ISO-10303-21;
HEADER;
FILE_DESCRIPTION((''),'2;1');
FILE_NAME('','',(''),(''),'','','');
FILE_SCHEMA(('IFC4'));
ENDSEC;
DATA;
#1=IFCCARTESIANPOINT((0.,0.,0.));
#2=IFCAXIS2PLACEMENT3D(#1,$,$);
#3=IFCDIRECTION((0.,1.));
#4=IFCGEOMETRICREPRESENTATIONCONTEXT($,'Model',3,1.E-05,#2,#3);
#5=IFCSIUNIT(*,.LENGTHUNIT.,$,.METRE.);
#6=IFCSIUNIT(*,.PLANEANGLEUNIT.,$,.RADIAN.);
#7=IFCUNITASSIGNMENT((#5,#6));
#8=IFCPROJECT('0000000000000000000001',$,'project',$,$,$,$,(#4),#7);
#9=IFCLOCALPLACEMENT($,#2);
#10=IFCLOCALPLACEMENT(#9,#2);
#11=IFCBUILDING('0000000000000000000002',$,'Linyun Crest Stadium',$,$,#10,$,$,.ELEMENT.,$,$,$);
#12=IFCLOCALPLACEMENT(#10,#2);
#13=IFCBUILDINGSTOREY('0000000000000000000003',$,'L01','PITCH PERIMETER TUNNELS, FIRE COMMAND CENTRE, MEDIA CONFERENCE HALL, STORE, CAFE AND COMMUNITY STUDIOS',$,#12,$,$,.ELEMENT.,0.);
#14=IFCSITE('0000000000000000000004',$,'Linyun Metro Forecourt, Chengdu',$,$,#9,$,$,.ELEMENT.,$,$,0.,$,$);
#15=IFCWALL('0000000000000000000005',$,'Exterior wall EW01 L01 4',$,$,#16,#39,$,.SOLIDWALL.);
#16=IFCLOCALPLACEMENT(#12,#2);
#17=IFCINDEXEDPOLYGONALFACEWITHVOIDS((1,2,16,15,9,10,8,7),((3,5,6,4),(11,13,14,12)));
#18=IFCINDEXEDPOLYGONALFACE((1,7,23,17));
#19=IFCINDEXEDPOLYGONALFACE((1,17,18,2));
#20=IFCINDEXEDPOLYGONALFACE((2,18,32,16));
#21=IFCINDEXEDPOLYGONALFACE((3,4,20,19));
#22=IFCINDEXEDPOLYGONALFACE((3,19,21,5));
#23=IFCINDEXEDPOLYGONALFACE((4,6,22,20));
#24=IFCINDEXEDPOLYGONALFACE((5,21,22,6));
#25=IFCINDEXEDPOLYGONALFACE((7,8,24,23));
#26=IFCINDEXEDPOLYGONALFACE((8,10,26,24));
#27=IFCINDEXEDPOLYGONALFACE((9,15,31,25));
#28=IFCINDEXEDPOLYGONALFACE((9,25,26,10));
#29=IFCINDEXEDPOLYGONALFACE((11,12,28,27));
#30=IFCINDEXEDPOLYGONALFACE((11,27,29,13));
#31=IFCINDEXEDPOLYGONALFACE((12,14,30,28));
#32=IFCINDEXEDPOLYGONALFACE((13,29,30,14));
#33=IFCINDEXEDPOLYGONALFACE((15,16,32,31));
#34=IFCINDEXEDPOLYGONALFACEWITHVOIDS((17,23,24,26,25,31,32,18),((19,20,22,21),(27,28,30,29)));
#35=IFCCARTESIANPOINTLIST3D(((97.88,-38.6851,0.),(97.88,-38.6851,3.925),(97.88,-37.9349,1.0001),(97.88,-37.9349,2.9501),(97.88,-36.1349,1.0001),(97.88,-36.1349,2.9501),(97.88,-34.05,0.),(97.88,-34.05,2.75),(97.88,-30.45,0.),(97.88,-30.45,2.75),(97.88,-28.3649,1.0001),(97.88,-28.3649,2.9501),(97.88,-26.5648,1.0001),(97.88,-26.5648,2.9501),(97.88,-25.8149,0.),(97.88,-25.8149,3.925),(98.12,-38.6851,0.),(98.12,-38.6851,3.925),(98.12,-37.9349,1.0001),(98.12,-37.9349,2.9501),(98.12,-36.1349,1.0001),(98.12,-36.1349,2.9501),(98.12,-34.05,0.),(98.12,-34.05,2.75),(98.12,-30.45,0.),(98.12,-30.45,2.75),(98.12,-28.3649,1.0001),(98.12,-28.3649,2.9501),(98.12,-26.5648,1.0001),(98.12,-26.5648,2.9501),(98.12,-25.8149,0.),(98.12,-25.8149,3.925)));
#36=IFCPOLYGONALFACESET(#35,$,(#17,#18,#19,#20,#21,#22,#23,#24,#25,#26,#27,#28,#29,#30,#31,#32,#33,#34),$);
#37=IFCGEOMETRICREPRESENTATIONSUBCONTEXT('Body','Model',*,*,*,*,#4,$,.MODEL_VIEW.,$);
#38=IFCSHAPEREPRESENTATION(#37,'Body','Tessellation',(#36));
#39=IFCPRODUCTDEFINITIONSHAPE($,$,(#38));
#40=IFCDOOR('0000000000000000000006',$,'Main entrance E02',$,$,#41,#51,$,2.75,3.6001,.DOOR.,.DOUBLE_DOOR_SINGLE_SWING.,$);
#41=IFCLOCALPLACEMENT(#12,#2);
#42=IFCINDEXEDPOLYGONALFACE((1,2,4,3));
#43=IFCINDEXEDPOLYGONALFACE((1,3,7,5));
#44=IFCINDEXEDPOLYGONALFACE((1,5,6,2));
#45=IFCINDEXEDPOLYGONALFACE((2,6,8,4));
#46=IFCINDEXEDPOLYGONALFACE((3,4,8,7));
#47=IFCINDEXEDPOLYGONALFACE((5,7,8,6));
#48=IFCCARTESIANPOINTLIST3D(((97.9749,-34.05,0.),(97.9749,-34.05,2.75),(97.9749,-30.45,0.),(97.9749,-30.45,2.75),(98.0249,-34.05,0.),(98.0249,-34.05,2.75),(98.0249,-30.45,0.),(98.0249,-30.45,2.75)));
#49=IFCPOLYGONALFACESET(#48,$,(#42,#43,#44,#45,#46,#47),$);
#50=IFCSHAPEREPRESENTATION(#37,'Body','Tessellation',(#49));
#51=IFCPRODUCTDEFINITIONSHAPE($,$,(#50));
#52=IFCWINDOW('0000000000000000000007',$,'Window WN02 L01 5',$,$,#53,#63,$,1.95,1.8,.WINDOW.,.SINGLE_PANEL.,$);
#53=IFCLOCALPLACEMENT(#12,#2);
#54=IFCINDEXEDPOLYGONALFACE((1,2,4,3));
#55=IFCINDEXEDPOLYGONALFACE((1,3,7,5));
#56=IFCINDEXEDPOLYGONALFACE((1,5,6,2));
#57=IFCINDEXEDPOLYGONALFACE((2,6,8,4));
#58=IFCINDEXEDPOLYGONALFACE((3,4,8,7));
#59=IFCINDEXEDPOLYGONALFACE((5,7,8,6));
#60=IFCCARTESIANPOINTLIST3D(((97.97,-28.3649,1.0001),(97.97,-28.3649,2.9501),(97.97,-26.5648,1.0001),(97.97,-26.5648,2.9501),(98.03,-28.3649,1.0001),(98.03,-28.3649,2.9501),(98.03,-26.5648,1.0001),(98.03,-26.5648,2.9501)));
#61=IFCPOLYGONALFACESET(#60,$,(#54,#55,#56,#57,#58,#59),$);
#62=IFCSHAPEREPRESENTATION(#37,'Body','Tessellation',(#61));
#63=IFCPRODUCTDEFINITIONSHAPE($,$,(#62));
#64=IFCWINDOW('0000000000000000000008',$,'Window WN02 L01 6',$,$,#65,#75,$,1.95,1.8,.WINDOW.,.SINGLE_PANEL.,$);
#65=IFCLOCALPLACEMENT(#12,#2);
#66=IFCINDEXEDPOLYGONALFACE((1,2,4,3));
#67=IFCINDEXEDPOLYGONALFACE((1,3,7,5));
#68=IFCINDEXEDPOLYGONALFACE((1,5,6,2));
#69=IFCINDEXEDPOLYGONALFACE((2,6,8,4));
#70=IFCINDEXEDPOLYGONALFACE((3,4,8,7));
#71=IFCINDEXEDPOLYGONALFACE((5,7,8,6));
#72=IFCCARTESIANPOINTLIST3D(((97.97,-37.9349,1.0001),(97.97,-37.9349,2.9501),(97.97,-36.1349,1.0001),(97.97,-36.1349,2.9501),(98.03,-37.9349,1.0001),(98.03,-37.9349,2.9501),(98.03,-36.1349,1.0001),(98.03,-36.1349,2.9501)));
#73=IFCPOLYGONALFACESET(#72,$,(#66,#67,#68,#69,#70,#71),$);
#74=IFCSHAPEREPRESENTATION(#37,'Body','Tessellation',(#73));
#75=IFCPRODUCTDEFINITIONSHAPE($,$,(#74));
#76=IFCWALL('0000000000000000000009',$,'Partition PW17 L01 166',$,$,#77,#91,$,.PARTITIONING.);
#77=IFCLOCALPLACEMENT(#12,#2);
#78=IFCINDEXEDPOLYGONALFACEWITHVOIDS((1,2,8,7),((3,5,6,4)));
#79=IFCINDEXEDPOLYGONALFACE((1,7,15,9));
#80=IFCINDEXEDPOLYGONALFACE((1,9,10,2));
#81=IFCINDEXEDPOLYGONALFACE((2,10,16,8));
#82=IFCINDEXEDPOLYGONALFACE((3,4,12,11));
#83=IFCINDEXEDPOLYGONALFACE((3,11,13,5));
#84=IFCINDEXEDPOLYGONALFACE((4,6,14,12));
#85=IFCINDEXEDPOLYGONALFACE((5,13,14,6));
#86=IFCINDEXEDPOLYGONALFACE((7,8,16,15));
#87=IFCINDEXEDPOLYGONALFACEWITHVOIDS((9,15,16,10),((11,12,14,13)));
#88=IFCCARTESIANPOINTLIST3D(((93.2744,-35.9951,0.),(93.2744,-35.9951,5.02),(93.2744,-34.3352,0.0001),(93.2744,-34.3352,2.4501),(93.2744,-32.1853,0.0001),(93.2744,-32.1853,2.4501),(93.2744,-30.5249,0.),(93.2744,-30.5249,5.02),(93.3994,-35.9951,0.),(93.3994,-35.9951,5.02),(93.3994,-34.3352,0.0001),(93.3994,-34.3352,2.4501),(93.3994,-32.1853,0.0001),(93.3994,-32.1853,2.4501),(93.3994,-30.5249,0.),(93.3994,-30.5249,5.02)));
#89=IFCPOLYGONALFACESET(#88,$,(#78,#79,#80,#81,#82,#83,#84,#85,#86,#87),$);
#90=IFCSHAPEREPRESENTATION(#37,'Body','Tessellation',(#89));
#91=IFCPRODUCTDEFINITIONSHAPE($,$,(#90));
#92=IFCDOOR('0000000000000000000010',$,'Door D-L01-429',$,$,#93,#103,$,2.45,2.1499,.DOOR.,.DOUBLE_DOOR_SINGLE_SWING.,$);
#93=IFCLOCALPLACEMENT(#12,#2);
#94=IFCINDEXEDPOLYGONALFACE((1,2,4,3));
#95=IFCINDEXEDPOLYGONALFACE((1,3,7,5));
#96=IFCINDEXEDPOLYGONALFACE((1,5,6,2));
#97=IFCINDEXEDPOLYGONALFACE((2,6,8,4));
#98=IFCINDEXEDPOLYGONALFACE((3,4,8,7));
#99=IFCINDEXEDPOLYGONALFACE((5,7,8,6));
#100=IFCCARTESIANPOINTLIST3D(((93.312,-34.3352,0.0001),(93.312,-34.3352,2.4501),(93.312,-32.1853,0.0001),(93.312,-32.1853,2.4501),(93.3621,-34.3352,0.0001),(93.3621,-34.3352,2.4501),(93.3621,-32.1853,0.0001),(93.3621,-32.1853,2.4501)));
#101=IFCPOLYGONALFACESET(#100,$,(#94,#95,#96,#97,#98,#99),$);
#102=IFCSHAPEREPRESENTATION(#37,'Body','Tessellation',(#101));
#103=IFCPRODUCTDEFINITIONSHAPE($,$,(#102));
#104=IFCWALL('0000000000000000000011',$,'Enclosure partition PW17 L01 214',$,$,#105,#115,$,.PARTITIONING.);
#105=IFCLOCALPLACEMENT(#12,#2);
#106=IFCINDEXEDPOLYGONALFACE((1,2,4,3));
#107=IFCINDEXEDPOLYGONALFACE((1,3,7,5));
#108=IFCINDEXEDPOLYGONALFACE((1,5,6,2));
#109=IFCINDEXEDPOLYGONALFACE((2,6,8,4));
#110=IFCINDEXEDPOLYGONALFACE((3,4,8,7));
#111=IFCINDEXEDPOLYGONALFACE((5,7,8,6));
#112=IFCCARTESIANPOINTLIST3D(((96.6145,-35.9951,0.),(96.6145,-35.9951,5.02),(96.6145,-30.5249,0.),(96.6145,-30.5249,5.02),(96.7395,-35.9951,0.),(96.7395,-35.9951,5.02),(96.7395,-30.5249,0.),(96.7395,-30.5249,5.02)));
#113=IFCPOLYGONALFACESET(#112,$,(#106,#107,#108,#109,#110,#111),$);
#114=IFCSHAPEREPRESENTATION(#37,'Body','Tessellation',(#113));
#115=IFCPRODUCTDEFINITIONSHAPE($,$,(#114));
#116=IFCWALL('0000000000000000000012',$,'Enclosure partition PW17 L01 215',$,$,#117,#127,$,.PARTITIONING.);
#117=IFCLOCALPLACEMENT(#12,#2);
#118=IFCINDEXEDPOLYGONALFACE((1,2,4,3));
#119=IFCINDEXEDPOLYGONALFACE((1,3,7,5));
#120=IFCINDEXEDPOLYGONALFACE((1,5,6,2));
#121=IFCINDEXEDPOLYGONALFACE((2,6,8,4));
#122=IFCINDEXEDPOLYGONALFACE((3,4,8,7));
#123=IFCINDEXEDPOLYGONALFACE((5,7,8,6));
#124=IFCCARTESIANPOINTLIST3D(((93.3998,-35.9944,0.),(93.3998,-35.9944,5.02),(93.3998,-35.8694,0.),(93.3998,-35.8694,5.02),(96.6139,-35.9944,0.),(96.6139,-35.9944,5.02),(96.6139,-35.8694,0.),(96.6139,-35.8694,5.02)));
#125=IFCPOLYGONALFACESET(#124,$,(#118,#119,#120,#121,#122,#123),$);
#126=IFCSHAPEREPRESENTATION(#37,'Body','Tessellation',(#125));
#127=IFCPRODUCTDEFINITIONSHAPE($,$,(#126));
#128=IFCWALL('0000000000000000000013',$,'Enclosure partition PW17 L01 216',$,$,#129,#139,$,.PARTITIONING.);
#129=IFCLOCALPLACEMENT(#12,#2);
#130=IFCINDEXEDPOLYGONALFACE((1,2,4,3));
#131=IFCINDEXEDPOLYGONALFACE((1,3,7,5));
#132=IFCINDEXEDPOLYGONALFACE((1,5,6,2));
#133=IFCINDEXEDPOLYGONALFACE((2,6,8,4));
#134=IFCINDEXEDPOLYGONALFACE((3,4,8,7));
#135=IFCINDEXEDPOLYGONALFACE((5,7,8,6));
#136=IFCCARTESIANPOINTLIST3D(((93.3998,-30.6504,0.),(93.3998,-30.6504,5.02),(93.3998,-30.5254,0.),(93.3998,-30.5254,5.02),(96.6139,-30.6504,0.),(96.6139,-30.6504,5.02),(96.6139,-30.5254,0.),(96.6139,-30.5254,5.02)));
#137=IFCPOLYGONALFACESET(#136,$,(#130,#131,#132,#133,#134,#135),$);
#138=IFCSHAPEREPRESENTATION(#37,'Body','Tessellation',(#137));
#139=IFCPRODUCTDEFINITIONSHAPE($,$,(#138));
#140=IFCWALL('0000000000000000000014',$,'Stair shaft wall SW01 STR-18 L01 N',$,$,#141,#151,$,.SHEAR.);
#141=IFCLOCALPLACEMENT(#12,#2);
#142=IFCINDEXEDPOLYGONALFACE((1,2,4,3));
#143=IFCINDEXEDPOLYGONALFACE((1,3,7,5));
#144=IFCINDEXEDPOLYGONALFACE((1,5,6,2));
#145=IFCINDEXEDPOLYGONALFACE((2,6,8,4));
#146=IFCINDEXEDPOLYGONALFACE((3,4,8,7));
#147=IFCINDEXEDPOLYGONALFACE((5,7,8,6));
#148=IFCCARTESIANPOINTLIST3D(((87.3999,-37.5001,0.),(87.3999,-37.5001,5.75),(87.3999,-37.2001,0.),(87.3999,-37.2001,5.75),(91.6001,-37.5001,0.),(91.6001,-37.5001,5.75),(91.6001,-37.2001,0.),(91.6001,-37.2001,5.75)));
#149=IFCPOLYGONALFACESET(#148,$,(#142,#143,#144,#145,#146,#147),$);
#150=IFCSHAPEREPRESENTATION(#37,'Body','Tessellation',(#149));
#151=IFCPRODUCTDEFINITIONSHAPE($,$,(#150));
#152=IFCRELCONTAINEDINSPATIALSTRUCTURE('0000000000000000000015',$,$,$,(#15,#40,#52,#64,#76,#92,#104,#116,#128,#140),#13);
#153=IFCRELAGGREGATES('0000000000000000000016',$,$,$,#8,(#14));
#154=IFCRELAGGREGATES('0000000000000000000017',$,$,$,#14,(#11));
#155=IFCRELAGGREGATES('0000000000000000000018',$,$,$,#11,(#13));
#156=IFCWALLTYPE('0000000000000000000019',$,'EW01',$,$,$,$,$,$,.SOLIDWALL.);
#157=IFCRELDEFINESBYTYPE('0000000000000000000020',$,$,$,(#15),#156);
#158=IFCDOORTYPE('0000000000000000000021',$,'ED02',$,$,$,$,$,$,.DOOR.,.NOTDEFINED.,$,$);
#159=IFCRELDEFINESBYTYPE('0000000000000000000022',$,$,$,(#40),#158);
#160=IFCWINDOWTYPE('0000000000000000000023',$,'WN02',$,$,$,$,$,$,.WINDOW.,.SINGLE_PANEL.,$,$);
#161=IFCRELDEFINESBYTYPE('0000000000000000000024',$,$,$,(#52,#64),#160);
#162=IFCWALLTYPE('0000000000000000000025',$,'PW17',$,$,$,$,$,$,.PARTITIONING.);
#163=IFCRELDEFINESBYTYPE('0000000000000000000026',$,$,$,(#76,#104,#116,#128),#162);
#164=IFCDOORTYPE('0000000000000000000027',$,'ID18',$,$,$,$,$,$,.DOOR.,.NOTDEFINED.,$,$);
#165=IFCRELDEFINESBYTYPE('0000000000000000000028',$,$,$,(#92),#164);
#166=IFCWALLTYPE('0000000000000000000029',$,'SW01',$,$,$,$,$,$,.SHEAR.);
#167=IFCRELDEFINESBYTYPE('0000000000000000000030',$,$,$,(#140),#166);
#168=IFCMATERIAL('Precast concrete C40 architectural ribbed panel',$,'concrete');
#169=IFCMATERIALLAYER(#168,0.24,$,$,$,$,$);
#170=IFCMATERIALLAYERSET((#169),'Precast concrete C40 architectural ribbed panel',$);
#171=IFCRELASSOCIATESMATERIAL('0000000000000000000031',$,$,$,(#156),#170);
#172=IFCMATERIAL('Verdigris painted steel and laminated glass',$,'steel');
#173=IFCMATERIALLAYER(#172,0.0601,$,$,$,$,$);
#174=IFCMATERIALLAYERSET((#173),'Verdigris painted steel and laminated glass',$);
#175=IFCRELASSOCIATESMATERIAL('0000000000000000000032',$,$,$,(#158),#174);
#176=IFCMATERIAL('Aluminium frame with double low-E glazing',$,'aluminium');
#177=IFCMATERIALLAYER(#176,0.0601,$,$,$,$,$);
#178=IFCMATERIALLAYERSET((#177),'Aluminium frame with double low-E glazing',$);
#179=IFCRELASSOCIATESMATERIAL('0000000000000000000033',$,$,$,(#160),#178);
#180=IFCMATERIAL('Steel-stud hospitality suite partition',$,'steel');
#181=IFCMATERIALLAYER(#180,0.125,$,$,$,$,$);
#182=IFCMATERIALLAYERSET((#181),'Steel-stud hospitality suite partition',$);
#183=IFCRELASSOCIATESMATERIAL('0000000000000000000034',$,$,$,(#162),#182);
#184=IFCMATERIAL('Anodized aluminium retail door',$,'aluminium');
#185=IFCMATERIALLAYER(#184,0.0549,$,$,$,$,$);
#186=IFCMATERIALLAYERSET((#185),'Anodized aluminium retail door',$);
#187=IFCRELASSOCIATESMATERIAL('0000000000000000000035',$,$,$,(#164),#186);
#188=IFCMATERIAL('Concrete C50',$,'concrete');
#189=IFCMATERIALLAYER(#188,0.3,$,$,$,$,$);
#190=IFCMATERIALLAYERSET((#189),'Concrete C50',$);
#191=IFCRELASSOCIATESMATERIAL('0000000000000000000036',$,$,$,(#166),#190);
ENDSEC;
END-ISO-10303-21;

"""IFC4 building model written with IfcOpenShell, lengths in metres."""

from ifc_helpers import new_model, si_unit, direction, frame, frame_2d, origin, place, context, subcontext, project, spatial, rectangle, extrude, material, layer, layer_set, type_object, element, fill, save


model = new_model("IFC4")

# Units and contexts
model_context = context("Model", 3, precision=1e-05, world=origin(), true_north=direction((0.0, 1.0)))
body_context = subcontext(model_context, "Body", "Model", "MODEL_VIEW")
ifc_project = project(units=[si_unit("LENGTHUNIT", "METRE"), si_unit("PLANEANGLEUNIT", "RADIAN")], contexts=[model_context])

# Site, building, storey
site_placement = place(None, origin())
site = spatial("IfcSite", under=ifc_project, at=site_placement, Name="Linyun Metro Forecourt, Chengdu", CompositionType="ELEMENT", RefElevation=0.0)
building_placement = place(site_placement, origin())
building = spatial("IfcBuilding", under=site, at=building_placement, Name="Linyun Crest Stadium", CompositionType="ELEMENT")
storey_placement = place(building_placement, origin())
storey = spatial("IfcBuildingStorey", under=building, at=storey_placement, Name="L01", Description="PITCH PERIMETER TUNNELS, FIRE COMMAND CENTRE, MEDIA CONFERENCE HALL, STORE, CAFE AND COMMUNITY STUDIOS", CompositionType="ELEMENT", Elevation=0.0)

# Wall, openings, door, windows
ifc_material_1 = material(Name="Precast concrete C40 architectural ribbed panel", Category="concrete")
ifc_layer_1 = layer(ifc_material_1, 0.24)
ifc_layer_set_1 = layer_set([ifc_layer_1], Name="Precast concrete C40 architectural ribbed panel")
wall_type_1 = type_object("IfcWallType", Name="EW01", PredefinedType="SOLIDWALL", material=ifc_layer_set_1)
wall_1_placement = place(storey_placement, frame((98.0, -25.8149, 0.0), z_axis=(0.0, 0.0, 1.0), x_axis=(0.0, -1.0, 0.0)))
wall_1 = element("IfcWall", 1, at=wall_1_placement, inside=storey, type_object=wall_type_1, Name="Exterior wall EW01 L01 4", PredefinedType="SOLIDWALL", context=body_context, shape_type="SweptSolid", body=[
    extrude(rectangle(XDim=12.8701, YDim=0.24, at=frame_2d((6.4351, 0.0))), origin(), (0.0, 0.0, 1.0), 3.925),
])
opening_1_placement = place(wall_1_placement, frame((4.635, 0.0, 0.0)))
opening_1 = element("IfcOpeningElement", 2, at=opening_1_placement, cuts=wall_1, PredefinedType="OPENING", context=body_context, shape_type="SweptSolid", body=[
    extrude(rectangle(XDim=3.6001, YDim=2.75, at=frame_2d((1.8, 1.375))), frame((0.0, 0.1299, 0.0), z_axis=(0.0, -1.0, 0.0), x_axis=(1.0, 0.0, 0.0)), (0.0, 0.0, 1.0), 0.26),
])
opening_2_placement = place(wall_1_placement, frame((0.75, 0.0, 1.0)))
opening_2 = element("IfcOpeningElement", 3, at=opening_2_placement, cuts=wall_1, PredefinedType="OPENING", context=body_context, shape_type="SweptSolid", body=[
    extrude(rectangle(XDim=1.8, YDim=1.95, at=frame_2d((0.8999, 0.9751))), frame((0.0, 0.1299, 0.0), z_axis=(0.0, -1.0, 0.0), x_axis=(1.0, 0.0, 0.0)), (0.0, 0.0, 1.0), 0.26),
])
opening_3_placement = place(wall_1_placement, frame((10.3201, 0.0, 1.0)))
opening_3 = element("IfcOpeningElement", 4, at=opening_3_placement, cuts=wall_1, PredefinedType="OPENING", context=body_context, shape_type="SweptSolid", body=[
    extrude(rectangle(XDim=1.8, YDim=1.95, at=frame_2d((0.8999, 0.9751))), frame((0.0, 0.1299, 0.0), z_axis=(0.0, -1.0, 0.0), x_axis=(1.0, 0.0, 0.0)), (0.0, 0.0, 1.0), 0.26),
])
ifc_material_2 = material(Name="Verdigris painted steel and laminated glass", Category="steel")
ifc_layer_2 = layer(ifc_material_2, 0.0601)
ifc_layer_set_2 = layer_set([ifc_layer_2], Name="Verdigris painted steel and laminated glass")
door_type_1 = type_object("IfcDoorType", Name="ED02", OperationType="NOTDEFINED", PredefinedType="DOOR", material=ifc_layer_set_2)
door_1_placement = place(opening_1_placement, origin())
door_1 = element("IfcDoor", 5, at=door_1_placement, inside=storey, type_object=door_type_1, Name="Main entrance E02", OperationType="DOUBLE_DOOR_SINGLE_SWING", OverallHeight=2.75, OverallWidth=3.6001, PredefinedType="DOOR", context=body_context, shape_type="SweptSolid", body=[
    extrude(rectangle(XDim=3.6001, YDim=2.75, at=frame_2d((1.8, 1.375))), frame((0.0, 0.0249, 0.0), z_axis=(0.0, -1.0, 0.0), x_axis=(1.0, 0.0, 0.0)), (0.0, 0.0, 1.0), 0.05),
])
fill(opening_1, door_1)
ifc_material_3 = material(Name="Aluminium frame with double low-E glazing", Category="aluminium")
ifc_layer_3 = layer(ifc_material_3, 0.0601)
ifc_layer_set_3 = layer_set([ifc_layer_3], Name="Aluminium frame with double low-E glazing")
window_type = type_object("IfcWindowType", Name="WN02", PartitioningType="SINGLE_PANEL", PredefinedType="WINDOW", material=ifc_layer_set_3)
window_1_placement = place(opening_2_placement, origin())
window_1 = element("IfcWindow", 6, at=window_1_placement, inside=storey, type_object=window_type, Name="Window WN02 L01 5", OverallHeight=1.95, OverallWidth=1.8, PartitioningType="SINGLE_PANEL", PredefinedType="WINDOW", context=body_context, shape_type="SweptSolid", body=[
    extrude(rectangle(XDim=1.8, YDim=1.95, at=frame_2d((0.8999, 0.9751))), frame((0.0, 0.03, 0.0), z_axis=(0.0, -1.0, 0.0), x_axis=(1.0, 0.0, 0.0)), (0.0, 0.0, 1.0), 0.0601),
])
fill(opening_2, window_1)
window_2_placement = place(opening_3_placement, origin())
window_2 = element("IfcWindow", 7, at=window_2_placement, inside=storey, type_object=window_type, Name="Window WN02 L01 6", OverallHeight=1.95, OverallWidth=1.8, PartitioningType="SINGLE_PANEL", PredefinedType="WINDOW", context=body_context, shape_type="SweptSolid", body=[
    extrude(rectangle(XDim=1.8, YDim=1.95, at=frame_2d((0.8999, 0.9751))), frame((0.0, 0.03, 0.0), z_axis=(0.0, -1.0, 0.0), x_axis=(1.0, 0.0, 0.0)), (0.0, 0.0, 1.0), 0.0601),
])
fill(opening_3, window_2)

# Wall, opening, door
ifc_material_4 = material(Name="Steel-stud hospitality suite partition", Category="steel")
ifc_layer_4 = layer(ifc_material_4, 0.125)
ifc_layer_set_4 = layer_set([ifc_layer_4], Name="Steel-stud hospitality suite partition")
wall_type_2 = type_object("IfcWallType", Name="PW17", PredefinedType="PARTITIONING", material=ifc_layer_set_4)
wall_2_placement = place(storey_placement, frame((93.3369, -35.9951, 0.0), z_axis=(0.0, 0.0, 1.0), x_axis=(0.0, 1.0, 0.0)))
wall_2 = element("IfcWall", 8, at=wall_2_placement, inside=storey, type_object=wall_type_2, Name="Partition PW17 L01 166", PredefinedType="PARTITIONING", context=body_context, shape_type="SweptSolid", body=[
    extrude(rectangle(XDim=5.4702, YDim=0.125, at=frame_2d((2.7351, 0.0))), origin(), (0.0, 0.0, 1.0), 5.02),
])
opening_4_placement = place(wall_2_placement, frame((1.6599, 0.0, 0.0)))
opening_4 = element("IfcOpeningElement", 9, at=opening_4_placement, cuts=wall_2, PredefinedType="OPENING", context=body_context, shape_type="SweptSolid", body=[
    extrude(rectangle(XDim=2.1499, YDim=2.45, at=frame_2d((1.075, 1.2251))), frame((0.0, 0.0725, 0.0), z_axis=(0.0, -1.0, 0.0), x_axis=(1.0, 0.0, 0.0)), (0.0, 0.0, 1.0), 0.145),
])
ifc_material_5 = material(Name="Anodized aluminium retail door", Category="aluminium")
ifc_layer_5 = layer(ifc_material_5, 0.0549)
ifc_layer_set_5 = layer_set([ifc_layer_5], Name="Anodized aluminium retail door")
door_type_2 = type_object("IfcDoorType", Name="ID18", OperationType="NOTDEFINED", PredefinedType="DOOR", material=ifc_layer_set_5)
door_2_placement = place(opening_4_placement, origin())
door_2 = element("IfcDoor", 10, at=door_2_placement, inside=storey, type_object=door_type_2, Name="Door D-L01-429", OperationType="DOUBLE_DOOR_SINGLE_SWING", OverallHeight=2.45, OverallWidth=2.1499, PredefinedType="DOOR", context=body_context, shape_type="SweptSolid", body=[
    extrude(rectangle(XDim=2.1499, YDim=2.45, at=frame_2d((1.075, 1.2251))), frame((0.0, 0.0249, 0.0), z_axis=(0.0, -1.0, 0.0), x_axis=(1.0, 0.0, 0.0)), (0.0, 0.0, 1.0), 0.05),
])
fill(opening_4, door_2)

# Walls
wall_3_placement = place(storey_placement, frame((96.677, -35.9951, 0.0), z_axis=(0.0, 0.0, 1.0), x_axis=(0.0, 1.0, 0.0)))
element("IfcWall", 11, at=wall_3_placement, inside=storey, type_object=wall_type_2, Name="Enclosure partition PW17 L01 214", PredefinedType="PARTITIONING", context=body_context, shape_type="SweptSolid", body=[
    extrude(rectangle(XDim=5.4702, YDim=0.125, at=frame_2d((2.7351, 0.0))), origin(), (0.0, 0.0, 1.0), 5.02),
])
for number, where, z_axis, x_axis, name in (
    (12, (93.3999, -35.9319, 0.0), (0.0, 0.0, 1.0), (1.0, 0.0, 0.0), "Enclosure partition PW17 L01 215"),
    (13, (93.3999, -30.5879, 0.0), (0.0, 0.0, 1.0), (1.0, 0.0, 0.0), "Enclosure partition PW17 L01 216"),
):
    element("IfcWall", number, at=place(storey_placement, frame(where, z_axis=z_axis, x_axis=x_axis)), inside=storey, type_object=wall_type_2, Name=name, PredefinedType="PARTITIONING", context=body_context, shape_type="SweptSolid", body=[
        extrude(rectangle(XDim=3.2141, YDim=0.125, at=frame_2d((1.6069, 0.0))), origin(), (0.0, 0.0, 1.0), 5.02),
    ])
ifc_material_6 = material(Name="Concrete C50", Category="concrete")
ifc_layer_6 = layer(ifc_material_6, 0.3)
ifc_layer_set_6 = layer_set([ifc_layer_6], Name="Concrete C50")
wall_type_3 = type_object("IfcWallType", Name="SW01", PredefinedType="SHEAR", material=ifc_layer_set_6)
wall_4_placement = place(storey_placement, frame((87.3999, -37.3501, 0.0), z_axis=(0.0, 0.0, 1.0), x_axis=(1.0, 0.0, 0.0)))
element("IfcWall", 14, at=wall_4_placement, inside=storey, type_object=wall_type_3, Name="Stair shaft wall SW01 STR-18 L01 N", PredefinedType="SHEAR", context=body_context, shape_type="SweptSolid", body=[
    extrude(rectangle(XDim=4.2002, YDim=0.3, at=frame_2d((2.1001, 0.0))), origin(), (0.0, 0.0, 1.0), 5.75),
])

save(model, "model.ifc")
